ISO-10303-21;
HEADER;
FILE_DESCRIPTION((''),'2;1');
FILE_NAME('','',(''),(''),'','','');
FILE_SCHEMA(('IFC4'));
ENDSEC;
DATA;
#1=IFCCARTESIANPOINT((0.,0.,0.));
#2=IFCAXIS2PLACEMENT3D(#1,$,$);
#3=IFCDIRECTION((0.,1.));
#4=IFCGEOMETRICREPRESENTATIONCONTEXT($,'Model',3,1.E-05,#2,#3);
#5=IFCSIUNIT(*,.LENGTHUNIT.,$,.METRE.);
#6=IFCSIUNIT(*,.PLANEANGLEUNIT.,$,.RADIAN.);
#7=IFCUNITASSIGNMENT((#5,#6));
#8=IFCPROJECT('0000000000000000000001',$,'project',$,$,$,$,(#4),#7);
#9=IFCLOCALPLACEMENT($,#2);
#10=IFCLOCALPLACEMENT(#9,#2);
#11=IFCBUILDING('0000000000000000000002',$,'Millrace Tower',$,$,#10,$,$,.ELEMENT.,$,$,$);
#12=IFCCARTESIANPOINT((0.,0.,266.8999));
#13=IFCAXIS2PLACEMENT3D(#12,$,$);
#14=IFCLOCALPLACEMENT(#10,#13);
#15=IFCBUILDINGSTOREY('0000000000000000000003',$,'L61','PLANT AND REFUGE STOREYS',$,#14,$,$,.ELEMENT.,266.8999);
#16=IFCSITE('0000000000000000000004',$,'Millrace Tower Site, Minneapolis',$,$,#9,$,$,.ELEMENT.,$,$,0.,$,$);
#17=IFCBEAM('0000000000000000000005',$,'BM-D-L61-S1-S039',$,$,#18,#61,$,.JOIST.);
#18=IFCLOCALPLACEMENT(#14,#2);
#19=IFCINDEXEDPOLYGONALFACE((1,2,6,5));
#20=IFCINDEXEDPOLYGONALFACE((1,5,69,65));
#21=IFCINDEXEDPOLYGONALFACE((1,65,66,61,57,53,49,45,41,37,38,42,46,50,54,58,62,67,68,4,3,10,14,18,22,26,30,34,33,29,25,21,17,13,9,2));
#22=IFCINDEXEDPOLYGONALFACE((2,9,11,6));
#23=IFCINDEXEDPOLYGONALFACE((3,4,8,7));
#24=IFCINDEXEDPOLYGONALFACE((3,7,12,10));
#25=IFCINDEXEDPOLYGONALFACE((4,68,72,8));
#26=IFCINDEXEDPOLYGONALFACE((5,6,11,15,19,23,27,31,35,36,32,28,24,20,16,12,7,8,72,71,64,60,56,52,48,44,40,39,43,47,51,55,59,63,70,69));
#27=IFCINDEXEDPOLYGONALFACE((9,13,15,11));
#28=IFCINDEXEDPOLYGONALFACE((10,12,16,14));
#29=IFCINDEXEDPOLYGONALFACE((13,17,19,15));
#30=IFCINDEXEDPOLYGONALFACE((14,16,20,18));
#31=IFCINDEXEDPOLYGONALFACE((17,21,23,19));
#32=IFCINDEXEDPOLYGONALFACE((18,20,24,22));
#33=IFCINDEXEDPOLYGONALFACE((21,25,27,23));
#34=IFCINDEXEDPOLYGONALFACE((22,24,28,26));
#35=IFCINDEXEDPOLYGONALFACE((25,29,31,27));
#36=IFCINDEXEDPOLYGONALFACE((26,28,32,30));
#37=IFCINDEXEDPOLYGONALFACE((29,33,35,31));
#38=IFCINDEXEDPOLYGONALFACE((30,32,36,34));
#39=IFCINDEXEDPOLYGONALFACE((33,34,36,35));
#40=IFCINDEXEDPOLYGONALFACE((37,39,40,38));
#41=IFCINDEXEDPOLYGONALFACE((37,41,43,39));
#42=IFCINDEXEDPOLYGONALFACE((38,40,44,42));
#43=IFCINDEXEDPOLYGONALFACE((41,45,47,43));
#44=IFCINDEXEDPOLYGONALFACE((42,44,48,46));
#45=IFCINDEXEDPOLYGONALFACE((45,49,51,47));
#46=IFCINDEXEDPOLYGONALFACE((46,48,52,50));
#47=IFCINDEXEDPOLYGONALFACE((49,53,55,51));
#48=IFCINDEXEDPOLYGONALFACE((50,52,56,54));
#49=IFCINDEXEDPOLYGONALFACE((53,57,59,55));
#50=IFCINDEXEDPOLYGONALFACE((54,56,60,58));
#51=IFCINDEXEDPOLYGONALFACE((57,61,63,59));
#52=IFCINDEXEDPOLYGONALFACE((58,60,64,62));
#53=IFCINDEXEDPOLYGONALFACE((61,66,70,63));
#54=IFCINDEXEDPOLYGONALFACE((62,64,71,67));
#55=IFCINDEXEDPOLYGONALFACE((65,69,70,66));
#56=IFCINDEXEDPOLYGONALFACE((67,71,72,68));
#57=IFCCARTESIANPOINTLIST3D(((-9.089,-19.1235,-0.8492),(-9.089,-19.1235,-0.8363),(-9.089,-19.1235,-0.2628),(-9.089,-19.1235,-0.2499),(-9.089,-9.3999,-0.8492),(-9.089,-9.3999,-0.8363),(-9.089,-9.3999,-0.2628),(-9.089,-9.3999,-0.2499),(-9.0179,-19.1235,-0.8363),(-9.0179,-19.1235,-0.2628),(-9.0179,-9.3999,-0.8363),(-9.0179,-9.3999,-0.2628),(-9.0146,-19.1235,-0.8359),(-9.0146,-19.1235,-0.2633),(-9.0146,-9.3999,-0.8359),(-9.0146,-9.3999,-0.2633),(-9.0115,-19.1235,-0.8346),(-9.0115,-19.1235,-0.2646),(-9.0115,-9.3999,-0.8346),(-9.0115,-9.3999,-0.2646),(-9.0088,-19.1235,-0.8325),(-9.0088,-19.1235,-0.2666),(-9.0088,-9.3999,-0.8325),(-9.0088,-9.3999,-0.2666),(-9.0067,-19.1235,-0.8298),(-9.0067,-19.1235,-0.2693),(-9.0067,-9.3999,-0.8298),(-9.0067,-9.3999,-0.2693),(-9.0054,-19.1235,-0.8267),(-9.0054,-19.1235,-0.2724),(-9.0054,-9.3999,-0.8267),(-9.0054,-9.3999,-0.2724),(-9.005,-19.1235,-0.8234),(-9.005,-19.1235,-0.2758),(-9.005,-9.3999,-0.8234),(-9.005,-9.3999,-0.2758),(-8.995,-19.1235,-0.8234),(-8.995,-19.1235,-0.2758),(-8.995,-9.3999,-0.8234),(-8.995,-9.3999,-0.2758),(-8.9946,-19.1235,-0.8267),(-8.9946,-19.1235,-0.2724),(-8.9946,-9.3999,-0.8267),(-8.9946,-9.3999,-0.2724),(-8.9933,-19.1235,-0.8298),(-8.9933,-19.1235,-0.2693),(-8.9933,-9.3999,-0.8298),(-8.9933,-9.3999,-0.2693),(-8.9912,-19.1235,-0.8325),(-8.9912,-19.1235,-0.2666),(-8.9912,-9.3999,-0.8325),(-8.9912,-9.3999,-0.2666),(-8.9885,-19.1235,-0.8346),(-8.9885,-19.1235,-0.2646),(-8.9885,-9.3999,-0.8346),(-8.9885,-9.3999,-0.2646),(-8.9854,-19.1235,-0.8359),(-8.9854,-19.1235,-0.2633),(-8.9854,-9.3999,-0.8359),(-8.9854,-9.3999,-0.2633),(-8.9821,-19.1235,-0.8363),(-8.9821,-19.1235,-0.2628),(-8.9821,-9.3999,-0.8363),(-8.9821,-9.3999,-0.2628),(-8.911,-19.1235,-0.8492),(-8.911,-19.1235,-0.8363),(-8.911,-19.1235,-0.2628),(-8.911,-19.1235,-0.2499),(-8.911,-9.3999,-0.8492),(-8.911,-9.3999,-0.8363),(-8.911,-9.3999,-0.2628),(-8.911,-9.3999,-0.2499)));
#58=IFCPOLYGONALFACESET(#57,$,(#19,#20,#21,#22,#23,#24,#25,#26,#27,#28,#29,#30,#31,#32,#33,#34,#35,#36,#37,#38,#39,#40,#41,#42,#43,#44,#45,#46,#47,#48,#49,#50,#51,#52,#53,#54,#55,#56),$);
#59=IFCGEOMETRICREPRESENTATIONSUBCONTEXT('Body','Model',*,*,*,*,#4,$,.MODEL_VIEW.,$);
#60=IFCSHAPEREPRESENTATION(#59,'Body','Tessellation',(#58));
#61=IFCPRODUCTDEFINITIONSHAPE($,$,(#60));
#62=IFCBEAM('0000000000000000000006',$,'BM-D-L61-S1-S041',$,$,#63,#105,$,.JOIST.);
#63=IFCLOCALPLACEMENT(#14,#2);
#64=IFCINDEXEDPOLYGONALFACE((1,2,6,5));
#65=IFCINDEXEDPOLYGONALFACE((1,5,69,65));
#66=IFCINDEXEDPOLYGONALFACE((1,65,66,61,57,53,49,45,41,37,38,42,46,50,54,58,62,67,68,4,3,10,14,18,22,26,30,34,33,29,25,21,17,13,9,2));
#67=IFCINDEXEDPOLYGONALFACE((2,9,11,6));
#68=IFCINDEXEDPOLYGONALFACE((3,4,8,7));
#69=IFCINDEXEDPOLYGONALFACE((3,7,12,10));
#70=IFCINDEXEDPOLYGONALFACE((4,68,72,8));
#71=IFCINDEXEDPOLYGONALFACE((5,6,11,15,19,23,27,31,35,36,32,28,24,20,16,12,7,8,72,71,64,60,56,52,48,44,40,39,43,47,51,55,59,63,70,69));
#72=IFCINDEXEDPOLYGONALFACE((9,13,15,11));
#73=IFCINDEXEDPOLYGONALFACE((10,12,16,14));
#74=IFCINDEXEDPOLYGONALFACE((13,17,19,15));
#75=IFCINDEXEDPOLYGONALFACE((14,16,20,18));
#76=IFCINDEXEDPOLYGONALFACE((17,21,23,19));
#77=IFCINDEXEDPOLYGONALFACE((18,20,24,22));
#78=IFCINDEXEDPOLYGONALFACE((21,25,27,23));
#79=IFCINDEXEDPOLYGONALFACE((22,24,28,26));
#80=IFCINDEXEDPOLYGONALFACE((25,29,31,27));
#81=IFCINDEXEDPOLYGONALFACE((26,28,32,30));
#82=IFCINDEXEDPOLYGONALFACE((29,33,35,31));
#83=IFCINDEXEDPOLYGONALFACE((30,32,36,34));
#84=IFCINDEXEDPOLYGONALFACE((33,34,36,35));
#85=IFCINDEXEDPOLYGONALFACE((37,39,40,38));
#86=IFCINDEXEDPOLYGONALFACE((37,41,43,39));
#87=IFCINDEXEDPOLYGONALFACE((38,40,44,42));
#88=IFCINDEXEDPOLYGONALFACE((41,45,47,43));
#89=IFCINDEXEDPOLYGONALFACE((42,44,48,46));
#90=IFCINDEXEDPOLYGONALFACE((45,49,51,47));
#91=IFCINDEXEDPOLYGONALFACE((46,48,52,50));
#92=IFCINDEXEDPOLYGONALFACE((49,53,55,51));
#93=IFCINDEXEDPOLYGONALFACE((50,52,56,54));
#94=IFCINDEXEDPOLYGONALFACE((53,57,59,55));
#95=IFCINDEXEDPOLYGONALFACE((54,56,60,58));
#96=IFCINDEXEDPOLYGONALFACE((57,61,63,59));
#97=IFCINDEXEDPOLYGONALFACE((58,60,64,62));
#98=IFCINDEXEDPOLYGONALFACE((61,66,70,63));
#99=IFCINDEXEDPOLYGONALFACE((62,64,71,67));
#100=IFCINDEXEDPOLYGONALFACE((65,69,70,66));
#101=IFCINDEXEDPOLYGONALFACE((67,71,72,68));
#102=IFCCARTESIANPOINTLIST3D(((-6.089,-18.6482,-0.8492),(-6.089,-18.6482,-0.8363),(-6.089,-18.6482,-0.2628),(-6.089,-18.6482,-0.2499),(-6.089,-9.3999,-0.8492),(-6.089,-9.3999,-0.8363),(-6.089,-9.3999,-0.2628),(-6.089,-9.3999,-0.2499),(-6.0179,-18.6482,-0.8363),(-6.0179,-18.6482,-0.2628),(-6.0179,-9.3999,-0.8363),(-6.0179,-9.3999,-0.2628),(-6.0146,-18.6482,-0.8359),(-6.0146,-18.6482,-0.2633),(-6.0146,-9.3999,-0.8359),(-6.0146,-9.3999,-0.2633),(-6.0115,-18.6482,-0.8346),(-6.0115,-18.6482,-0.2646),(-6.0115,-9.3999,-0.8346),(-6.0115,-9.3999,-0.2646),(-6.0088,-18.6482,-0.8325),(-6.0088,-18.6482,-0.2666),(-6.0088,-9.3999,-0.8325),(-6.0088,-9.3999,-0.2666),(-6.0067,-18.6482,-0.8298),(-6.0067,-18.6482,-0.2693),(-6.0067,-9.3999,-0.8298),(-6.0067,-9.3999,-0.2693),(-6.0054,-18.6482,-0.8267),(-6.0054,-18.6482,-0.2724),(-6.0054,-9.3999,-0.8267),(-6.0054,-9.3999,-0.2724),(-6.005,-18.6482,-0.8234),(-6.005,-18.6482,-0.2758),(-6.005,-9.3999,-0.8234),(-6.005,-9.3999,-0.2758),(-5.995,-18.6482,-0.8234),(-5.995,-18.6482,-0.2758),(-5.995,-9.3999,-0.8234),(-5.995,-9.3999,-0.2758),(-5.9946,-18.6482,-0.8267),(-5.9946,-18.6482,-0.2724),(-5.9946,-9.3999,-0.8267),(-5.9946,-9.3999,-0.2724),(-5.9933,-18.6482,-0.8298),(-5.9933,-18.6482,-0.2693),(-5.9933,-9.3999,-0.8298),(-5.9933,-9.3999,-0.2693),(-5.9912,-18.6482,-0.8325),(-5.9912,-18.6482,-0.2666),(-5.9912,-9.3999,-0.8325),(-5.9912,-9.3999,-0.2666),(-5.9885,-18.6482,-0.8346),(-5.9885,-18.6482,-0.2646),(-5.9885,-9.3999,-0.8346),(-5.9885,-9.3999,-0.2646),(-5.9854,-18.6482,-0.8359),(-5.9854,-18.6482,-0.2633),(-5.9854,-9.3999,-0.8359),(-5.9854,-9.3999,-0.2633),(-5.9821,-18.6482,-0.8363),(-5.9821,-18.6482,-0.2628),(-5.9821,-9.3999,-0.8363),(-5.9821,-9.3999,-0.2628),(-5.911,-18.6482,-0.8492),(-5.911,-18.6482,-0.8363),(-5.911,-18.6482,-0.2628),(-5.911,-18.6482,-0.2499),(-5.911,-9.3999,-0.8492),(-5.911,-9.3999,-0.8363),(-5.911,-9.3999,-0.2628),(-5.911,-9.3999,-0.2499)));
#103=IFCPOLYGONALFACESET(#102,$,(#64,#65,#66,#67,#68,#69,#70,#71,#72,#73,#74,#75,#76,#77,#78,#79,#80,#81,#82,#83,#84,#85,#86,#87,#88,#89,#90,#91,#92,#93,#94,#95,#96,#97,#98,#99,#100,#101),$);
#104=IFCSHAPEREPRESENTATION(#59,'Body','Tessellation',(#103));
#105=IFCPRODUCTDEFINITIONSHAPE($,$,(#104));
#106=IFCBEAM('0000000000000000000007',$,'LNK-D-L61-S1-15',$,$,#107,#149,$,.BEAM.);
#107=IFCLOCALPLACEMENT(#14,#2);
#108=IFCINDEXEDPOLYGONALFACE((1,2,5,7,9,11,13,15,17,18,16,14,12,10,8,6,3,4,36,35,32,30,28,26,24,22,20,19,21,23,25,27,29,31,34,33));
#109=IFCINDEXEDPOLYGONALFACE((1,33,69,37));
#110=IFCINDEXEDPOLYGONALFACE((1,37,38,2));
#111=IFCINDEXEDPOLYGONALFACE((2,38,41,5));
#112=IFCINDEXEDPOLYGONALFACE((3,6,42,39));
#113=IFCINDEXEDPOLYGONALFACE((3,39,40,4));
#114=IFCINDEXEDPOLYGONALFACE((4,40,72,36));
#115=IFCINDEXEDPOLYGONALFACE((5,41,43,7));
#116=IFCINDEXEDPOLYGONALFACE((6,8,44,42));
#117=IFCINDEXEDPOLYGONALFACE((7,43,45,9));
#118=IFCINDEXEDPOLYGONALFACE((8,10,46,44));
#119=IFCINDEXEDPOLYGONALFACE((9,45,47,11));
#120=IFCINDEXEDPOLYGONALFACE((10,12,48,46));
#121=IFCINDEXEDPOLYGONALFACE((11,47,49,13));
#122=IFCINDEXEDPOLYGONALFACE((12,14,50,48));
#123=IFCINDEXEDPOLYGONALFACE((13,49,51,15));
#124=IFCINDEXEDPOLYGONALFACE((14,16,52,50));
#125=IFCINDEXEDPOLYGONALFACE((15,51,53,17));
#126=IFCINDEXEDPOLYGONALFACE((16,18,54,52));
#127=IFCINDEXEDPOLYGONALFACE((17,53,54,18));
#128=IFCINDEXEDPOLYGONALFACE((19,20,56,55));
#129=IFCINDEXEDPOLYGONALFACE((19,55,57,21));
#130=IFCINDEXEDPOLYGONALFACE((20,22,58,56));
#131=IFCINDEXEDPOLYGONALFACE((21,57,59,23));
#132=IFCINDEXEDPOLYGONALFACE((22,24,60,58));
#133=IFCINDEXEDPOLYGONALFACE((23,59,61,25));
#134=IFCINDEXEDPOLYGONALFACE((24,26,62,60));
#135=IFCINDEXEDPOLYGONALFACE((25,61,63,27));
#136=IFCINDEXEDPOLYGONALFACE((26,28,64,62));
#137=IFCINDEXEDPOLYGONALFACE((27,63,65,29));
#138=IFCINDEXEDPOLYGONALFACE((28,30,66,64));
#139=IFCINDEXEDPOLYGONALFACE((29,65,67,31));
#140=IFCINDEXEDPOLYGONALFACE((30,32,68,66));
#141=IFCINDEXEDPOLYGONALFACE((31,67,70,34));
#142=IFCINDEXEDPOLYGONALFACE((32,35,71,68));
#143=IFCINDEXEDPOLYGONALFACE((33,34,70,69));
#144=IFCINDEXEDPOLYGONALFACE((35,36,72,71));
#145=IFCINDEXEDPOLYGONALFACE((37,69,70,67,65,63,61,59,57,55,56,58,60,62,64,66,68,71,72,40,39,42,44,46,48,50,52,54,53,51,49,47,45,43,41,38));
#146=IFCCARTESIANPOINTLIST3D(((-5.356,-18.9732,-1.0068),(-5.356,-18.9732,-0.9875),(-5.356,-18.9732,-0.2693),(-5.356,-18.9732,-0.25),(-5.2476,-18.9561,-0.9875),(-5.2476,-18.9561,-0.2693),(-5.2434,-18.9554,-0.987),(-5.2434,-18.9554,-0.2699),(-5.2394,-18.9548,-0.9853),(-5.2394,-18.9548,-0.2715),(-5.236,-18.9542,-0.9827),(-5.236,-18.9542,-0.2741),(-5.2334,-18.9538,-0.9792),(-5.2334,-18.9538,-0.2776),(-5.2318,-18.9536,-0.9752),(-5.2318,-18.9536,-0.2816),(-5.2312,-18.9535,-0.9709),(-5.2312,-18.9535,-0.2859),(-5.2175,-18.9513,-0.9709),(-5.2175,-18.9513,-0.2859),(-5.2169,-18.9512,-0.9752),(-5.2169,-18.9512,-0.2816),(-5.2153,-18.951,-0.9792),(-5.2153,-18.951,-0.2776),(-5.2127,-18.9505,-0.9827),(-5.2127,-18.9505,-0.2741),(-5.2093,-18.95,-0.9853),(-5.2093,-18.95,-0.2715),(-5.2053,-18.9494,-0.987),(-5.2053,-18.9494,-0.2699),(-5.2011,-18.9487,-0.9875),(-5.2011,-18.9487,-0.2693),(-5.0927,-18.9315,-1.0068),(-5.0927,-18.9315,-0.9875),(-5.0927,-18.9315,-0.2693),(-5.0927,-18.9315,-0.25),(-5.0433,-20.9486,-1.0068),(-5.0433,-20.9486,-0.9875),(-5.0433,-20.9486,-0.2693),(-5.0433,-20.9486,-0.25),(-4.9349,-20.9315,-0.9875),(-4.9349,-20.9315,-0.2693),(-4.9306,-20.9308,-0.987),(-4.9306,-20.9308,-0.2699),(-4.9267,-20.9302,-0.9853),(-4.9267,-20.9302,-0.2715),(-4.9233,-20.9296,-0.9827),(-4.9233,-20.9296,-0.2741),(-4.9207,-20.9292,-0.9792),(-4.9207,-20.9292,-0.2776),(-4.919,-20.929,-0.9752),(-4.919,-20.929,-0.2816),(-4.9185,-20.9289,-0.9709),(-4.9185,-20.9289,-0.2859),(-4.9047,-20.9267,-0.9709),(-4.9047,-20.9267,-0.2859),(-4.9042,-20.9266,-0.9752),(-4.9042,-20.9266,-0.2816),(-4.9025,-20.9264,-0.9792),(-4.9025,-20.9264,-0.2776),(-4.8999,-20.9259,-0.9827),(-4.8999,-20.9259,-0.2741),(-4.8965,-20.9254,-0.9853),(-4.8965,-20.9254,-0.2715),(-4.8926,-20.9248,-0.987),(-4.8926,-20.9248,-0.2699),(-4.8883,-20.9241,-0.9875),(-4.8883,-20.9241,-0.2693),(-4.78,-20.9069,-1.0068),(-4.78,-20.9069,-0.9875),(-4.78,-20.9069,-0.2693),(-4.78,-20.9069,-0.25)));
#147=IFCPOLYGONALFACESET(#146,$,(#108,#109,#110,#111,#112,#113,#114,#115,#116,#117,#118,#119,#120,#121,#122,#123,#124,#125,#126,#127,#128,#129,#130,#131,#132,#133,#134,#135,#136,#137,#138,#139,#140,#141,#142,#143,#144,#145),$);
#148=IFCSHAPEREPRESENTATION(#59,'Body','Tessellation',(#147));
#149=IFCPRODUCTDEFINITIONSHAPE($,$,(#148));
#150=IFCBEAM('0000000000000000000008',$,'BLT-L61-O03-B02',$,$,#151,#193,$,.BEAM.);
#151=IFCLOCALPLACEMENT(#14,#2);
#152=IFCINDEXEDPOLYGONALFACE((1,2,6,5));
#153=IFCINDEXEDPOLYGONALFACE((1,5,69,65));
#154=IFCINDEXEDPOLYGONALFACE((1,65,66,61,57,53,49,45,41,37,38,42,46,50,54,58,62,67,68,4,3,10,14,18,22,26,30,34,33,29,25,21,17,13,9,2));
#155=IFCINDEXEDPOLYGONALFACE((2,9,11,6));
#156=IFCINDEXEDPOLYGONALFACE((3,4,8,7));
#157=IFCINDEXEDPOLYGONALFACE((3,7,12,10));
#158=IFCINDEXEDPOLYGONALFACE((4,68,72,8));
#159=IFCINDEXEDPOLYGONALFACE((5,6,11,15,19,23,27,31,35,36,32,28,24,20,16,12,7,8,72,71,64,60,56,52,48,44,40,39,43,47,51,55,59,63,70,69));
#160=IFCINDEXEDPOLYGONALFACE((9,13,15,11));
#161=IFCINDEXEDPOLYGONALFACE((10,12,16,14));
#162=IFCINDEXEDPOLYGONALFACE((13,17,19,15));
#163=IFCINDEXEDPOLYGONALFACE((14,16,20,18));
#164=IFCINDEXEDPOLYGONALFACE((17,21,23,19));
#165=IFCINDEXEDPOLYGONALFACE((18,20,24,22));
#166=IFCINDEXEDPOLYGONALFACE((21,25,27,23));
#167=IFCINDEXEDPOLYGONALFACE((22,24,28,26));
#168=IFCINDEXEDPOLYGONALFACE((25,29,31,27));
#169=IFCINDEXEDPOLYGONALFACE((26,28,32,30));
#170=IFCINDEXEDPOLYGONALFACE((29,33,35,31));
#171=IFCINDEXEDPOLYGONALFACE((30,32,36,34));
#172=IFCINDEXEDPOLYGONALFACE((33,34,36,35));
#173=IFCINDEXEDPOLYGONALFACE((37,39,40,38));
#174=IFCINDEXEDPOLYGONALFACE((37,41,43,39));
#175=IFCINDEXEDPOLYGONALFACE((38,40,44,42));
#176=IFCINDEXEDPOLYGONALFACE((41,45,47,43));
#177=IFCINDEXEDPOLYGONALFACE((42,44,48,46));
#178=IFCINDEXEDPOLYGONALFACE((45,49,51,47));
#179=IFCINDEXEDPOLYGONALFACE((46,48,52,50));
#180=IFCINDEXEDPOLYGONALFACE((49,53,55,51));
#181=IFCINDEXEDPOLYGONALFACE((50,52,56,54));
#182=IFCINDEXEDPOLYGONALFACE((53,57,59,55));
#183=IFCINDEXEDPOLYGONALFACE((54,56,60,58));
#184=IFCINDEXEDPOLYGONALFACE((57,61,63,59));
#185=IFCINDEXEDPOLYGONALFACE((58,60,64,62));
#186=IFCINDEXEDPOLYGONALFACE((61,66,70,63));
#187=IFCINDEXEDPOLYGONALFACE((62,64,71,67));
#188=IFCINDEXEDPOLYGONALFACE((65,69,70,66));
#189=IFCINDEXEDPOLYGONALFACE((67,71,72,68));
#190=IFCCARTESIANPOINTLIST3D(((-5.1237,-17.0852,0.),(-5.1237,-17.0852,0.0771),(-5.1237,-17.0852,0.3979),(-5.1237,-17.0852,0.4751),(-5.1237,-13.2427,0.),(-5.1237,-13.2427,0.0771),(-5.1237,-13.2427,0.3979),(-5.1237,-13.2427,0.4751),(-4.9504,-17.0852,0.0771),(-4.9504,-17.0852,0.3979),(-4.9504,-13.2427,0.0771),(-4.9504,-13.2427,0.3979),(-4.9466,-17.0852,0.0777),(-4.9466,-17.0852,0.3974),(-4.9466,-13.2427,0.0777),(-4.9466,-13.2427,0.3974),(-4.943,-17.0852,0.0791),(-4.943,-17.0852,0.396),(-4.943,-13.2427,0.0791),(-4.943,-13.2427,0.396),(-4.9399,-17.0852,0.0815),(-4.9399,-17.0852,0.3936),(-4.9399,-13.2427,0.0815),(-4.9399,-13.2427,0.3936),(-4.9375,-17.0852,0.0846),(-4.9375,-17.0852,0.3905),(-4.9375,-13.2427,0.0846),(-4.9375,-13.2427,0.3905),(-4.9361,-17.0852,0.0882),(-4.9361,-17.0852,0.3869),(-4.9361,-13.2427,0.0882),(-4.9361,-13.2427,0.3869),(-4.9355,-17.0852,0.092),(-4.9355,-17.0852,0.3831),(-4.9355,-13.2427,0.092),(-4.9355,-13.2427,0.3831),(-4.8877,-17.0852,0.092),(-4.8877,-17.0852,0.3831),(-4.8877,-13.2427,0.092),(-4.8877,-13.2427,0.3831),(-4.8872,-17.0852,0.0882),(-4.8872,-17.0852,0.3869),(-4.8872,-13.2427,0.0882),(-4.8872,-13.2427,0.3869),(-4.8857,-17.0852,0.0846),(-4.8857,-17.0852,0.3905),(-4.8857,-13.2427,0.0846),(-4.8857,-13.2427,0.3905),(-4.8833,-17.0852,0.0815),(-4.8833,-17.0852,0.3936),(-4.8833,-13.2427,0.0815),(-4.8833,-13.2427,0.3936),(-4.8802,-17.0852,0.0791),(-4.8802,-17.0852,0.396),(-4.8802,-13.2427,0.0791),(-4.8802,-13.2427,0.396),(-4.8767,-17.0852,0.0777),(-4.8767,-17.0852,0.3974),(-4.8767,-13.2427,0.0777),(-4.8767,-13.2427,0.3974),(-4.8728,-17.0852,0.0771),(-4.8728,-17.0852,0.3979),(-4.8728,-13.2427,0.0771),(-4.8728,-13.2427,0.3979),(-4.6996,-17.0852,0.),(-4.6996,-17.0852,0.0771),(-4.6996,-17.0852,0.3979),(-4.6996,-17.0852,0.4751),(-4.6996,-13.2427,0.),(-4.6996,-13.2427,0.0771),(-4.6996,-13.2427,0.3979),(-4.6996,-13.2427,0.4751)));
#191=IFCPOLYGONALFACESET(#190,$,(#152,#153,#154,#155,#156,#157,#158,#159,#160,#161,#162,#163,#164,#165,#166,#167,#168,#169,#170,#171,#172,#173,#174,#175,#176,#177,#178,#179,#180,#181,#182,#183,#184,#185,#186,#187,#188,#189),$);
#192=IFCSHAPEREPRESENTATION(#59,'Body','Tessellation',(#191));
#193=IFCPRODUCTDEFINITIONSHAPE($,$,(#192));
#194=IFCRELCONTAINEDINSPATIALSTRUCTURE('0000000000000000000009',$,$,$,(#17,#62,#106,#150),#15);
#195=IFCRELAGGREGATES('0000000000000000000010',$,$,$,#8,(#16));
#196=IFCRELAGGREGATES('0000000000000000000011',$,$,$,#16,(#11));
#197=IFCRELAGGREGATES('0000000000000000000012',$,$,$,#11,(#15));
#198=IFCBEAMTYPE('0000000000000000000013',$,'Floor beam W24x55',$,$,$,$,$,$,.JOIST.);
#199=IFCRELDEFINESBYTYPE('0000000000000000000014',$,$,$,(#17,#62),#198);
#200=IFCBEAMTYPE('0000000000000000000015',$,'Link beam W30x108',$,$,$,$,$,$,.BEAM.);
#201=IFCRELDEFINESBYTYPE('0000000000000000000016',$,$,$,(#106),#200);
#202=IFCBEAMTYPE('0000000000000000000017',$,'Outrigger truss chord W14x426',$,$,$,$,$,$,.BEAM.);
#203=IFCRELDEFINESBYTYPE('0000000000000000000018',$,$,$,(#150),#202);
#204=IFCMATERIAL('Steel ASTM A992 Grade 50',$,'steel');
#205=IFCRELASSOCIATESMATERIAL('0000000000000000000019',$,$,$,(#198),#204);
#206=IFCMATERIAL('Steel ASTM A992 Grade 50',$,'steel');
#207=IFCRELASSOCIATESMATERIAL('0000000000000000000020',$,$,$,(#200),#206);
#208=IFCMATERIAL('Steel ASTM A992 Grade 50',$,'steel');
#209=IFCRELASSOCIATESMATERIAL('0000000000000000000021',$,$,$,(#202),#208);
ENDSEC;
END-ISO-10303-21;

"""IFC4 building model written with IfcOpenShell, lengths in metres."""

from ifc_helpers import new_model, si_unit, direction, frame, origin, origin_2d, place, context, subcontext, project, spatial, i_section, extrude, material, material_profile, profile_set, type_object, element, save


model = new_model("IFC4")

# Units and contexts
model_context = context("Model", 3, precision=1e-05, world=origin(), true_north=direction((0.0, 1.0)))
body_context = subcontext(model_context, "Body", "Model", "MODEL_VIEW")
ifc_project = project(units=[si_unit("LENGTHUNIT", "METRE"), si_unit("PLANEANGLEUNIT", "RADIAN")], contexts=[model_context])

# Site, building, storey
site_placement = place(None, origin())
site = spatial("IfcSite", under=ifc_project, at=site_placement, Name="Millrace Tower Site, Minneapolis", CompositionType="ELEMENT", RefElevation=0.0)
building_placement = place(site_placement, origin())
building = spatial("IfcBuilding", under=site, at=building_placement, Name="Millrace Tower", CompositionType="ELEMENT")
storey_placement = place(building_placement, frame((0.0, 0.0, 266.8999)))
storey = spatial("IfcBuildingStorey", under=building, at=storey_placement, Name="L61", Description="PLANT AND REFUGE STOREYS", CompositionType="ELEMENT", Elevation=266.8999)

# Beams
ifc_material_1 = material(Name="Steel ASTM A992 Grade 50", Category="steel")
ifc_material_profile_1 = material_profile(ifc_material_1, i_section(OverallWidth=0.178, OverallDepth=0.5994, WebThickness=0.01, FlangeThickness=0.0129, FilletRadius=0.0129, at=origin_2d()))
ifc_profile_set_1 = profile_set([ifc_material_profile_1], Name="Steel ASTM A992 Grade 50")
beam_type_1 = type_object("IfcBeamType", Name="Floor beam W24x55", PredefinedType="JOIST", material=ifc_profile_set_1)
beam_1_placement = place(storey_placement, frame((-9.0, -19.1235, -0.5496), z_axis=(0.0, 1.0, 0.0), x_axis=(-1.0, 0.0, 0.0)))
element("IfcBeam", 1, at=beam_1_placement, inside=storey, type_object=beam_type_1, Name="BM-D-L61-S1-S039", PredefinedType="JOIST", context=body_context, shape_type="SweptSolid", body=[
    extrude(i_section(OverallWidth=0.178, OverallDepth=0.5994, WebThickness=0.01, FlangeThickness=0.0129, FilletRadius=0.0129, at=origin_2d()), origin(), (0.0, 0.0, 1.0), 9.7236),
])
beam_2_placement = place(storey_placement, frame((-6.0, -18.6482, -0.5496), z_axis=(0.0, 1.0, 0.0), x_axis=(-1.0, 0.0, 0.0)))
element("IfcBeam", 2, at=beam_2_placement, inside=storey, type_object=beam_type_1, Name="BM-D-L61-S1-S041", PredefinedType="JOIST", context=body_context, shape_type="SweptSolid", body=[
    extrude(i_section(OverallWidth=0.178, OverallDepth=0.5994, WebThickness=0.01, FlangeThickness=0.0129, FilletRadius=0.0129, at=origin_2d()), origin(), (0.0, 0.0, 1.0), 9.2483),
])
ifc_material_2 = material(Name="Steel ASTM A992 Grade 50", Category="steel")
ifc_material_profile_2 = material_profile(ifc_material_2, i_section(OverallWidth=0.2666, OverallDepth=0.7568, WebThickness=0.0139, FlangeThickness=0.0193, FilletRadius=0.0166, at=origin_2d()))
ifc_profile_set_2 = profile_set([ifc_material_profile_2], Name="Steel ASTM A992 Grade 50")
beam_type_2 = type_object("IfcBeamType", Name="Link beam W30x108", PredefinedType="BEAM", material=ifc_profile_set_2)
beam_3_placement = place(storey_placement, frame((-5.2244, -18.9524, -0.6284), z_axis=(0.156376, -0.987698, 0.0), x_axis=(0.987698, 0.156376, 0.0)))
element("IfcBeam", 3, at=beam_3_placement, inside=storey, type_object=beam_type_2, Name="LNK-D-L61-S1-15", PredefinedType="BEAM", context=body_context, shape_type="SweptSolid", body=[
    extrude(i_section(OverallWidth=0.2666, OverallDepth=0.7568, WebThickness=0.0139, FlangeThickness=0.0193, FilletRadius=0.0166, at=origin_2d()), origin(), (0.0, 0.0, 1.0), 2.0),
])
ifc_material_3 = material(Name="Steel ASTM A992 Grade 50", Category="steel")
ifc_material_profile_3 = material_profile(ifc_material_3, i_section(OverallWidth=0.4241, OverallDepth=0.4751, WebThickness=0.0479, FlangeThickness=0.0771, FilletRadius=0.0149, at=origin_2d()))
ifc_profile_set_3 = profile_set([ifc_material_profile_3], Name="Steel ASTM A992 Grade 50")
beam_type_3 = type_object("IfcBeamType", Name="Outrigger truss chord W14x426", PredefinedType="BEAM", material=ifc_profile_set_3)
for number, where, z_axis, x_axis, name in (
    (4, (-4.9116, -13.2427, 0.2375), (0.0, -1.0, 0.0), (1.0, 0.0, 0.0), "BLT-L61-O03-B02"),
):
    element("IfcBeam", number, at=place(storey_placement, frame(where, z_axis=z_axis, x_axis=x_axis)), inside=storey, type_object=beam_type_3, Name=name, PredefinedType="BEAM", context=body_context, shape_type="SweptSolid", body=[
        extrude(i_section(OverallWidth=0.4241, OverallDepth=0.4751, WebThickness=0.0479, FlangeThickness=0.0771, FilletRadius=0.0149, at=origin_2d()), origin(), (0.0, 0.0, 1.0), 3.8425),
    ])

save(model, "model.ifc")
